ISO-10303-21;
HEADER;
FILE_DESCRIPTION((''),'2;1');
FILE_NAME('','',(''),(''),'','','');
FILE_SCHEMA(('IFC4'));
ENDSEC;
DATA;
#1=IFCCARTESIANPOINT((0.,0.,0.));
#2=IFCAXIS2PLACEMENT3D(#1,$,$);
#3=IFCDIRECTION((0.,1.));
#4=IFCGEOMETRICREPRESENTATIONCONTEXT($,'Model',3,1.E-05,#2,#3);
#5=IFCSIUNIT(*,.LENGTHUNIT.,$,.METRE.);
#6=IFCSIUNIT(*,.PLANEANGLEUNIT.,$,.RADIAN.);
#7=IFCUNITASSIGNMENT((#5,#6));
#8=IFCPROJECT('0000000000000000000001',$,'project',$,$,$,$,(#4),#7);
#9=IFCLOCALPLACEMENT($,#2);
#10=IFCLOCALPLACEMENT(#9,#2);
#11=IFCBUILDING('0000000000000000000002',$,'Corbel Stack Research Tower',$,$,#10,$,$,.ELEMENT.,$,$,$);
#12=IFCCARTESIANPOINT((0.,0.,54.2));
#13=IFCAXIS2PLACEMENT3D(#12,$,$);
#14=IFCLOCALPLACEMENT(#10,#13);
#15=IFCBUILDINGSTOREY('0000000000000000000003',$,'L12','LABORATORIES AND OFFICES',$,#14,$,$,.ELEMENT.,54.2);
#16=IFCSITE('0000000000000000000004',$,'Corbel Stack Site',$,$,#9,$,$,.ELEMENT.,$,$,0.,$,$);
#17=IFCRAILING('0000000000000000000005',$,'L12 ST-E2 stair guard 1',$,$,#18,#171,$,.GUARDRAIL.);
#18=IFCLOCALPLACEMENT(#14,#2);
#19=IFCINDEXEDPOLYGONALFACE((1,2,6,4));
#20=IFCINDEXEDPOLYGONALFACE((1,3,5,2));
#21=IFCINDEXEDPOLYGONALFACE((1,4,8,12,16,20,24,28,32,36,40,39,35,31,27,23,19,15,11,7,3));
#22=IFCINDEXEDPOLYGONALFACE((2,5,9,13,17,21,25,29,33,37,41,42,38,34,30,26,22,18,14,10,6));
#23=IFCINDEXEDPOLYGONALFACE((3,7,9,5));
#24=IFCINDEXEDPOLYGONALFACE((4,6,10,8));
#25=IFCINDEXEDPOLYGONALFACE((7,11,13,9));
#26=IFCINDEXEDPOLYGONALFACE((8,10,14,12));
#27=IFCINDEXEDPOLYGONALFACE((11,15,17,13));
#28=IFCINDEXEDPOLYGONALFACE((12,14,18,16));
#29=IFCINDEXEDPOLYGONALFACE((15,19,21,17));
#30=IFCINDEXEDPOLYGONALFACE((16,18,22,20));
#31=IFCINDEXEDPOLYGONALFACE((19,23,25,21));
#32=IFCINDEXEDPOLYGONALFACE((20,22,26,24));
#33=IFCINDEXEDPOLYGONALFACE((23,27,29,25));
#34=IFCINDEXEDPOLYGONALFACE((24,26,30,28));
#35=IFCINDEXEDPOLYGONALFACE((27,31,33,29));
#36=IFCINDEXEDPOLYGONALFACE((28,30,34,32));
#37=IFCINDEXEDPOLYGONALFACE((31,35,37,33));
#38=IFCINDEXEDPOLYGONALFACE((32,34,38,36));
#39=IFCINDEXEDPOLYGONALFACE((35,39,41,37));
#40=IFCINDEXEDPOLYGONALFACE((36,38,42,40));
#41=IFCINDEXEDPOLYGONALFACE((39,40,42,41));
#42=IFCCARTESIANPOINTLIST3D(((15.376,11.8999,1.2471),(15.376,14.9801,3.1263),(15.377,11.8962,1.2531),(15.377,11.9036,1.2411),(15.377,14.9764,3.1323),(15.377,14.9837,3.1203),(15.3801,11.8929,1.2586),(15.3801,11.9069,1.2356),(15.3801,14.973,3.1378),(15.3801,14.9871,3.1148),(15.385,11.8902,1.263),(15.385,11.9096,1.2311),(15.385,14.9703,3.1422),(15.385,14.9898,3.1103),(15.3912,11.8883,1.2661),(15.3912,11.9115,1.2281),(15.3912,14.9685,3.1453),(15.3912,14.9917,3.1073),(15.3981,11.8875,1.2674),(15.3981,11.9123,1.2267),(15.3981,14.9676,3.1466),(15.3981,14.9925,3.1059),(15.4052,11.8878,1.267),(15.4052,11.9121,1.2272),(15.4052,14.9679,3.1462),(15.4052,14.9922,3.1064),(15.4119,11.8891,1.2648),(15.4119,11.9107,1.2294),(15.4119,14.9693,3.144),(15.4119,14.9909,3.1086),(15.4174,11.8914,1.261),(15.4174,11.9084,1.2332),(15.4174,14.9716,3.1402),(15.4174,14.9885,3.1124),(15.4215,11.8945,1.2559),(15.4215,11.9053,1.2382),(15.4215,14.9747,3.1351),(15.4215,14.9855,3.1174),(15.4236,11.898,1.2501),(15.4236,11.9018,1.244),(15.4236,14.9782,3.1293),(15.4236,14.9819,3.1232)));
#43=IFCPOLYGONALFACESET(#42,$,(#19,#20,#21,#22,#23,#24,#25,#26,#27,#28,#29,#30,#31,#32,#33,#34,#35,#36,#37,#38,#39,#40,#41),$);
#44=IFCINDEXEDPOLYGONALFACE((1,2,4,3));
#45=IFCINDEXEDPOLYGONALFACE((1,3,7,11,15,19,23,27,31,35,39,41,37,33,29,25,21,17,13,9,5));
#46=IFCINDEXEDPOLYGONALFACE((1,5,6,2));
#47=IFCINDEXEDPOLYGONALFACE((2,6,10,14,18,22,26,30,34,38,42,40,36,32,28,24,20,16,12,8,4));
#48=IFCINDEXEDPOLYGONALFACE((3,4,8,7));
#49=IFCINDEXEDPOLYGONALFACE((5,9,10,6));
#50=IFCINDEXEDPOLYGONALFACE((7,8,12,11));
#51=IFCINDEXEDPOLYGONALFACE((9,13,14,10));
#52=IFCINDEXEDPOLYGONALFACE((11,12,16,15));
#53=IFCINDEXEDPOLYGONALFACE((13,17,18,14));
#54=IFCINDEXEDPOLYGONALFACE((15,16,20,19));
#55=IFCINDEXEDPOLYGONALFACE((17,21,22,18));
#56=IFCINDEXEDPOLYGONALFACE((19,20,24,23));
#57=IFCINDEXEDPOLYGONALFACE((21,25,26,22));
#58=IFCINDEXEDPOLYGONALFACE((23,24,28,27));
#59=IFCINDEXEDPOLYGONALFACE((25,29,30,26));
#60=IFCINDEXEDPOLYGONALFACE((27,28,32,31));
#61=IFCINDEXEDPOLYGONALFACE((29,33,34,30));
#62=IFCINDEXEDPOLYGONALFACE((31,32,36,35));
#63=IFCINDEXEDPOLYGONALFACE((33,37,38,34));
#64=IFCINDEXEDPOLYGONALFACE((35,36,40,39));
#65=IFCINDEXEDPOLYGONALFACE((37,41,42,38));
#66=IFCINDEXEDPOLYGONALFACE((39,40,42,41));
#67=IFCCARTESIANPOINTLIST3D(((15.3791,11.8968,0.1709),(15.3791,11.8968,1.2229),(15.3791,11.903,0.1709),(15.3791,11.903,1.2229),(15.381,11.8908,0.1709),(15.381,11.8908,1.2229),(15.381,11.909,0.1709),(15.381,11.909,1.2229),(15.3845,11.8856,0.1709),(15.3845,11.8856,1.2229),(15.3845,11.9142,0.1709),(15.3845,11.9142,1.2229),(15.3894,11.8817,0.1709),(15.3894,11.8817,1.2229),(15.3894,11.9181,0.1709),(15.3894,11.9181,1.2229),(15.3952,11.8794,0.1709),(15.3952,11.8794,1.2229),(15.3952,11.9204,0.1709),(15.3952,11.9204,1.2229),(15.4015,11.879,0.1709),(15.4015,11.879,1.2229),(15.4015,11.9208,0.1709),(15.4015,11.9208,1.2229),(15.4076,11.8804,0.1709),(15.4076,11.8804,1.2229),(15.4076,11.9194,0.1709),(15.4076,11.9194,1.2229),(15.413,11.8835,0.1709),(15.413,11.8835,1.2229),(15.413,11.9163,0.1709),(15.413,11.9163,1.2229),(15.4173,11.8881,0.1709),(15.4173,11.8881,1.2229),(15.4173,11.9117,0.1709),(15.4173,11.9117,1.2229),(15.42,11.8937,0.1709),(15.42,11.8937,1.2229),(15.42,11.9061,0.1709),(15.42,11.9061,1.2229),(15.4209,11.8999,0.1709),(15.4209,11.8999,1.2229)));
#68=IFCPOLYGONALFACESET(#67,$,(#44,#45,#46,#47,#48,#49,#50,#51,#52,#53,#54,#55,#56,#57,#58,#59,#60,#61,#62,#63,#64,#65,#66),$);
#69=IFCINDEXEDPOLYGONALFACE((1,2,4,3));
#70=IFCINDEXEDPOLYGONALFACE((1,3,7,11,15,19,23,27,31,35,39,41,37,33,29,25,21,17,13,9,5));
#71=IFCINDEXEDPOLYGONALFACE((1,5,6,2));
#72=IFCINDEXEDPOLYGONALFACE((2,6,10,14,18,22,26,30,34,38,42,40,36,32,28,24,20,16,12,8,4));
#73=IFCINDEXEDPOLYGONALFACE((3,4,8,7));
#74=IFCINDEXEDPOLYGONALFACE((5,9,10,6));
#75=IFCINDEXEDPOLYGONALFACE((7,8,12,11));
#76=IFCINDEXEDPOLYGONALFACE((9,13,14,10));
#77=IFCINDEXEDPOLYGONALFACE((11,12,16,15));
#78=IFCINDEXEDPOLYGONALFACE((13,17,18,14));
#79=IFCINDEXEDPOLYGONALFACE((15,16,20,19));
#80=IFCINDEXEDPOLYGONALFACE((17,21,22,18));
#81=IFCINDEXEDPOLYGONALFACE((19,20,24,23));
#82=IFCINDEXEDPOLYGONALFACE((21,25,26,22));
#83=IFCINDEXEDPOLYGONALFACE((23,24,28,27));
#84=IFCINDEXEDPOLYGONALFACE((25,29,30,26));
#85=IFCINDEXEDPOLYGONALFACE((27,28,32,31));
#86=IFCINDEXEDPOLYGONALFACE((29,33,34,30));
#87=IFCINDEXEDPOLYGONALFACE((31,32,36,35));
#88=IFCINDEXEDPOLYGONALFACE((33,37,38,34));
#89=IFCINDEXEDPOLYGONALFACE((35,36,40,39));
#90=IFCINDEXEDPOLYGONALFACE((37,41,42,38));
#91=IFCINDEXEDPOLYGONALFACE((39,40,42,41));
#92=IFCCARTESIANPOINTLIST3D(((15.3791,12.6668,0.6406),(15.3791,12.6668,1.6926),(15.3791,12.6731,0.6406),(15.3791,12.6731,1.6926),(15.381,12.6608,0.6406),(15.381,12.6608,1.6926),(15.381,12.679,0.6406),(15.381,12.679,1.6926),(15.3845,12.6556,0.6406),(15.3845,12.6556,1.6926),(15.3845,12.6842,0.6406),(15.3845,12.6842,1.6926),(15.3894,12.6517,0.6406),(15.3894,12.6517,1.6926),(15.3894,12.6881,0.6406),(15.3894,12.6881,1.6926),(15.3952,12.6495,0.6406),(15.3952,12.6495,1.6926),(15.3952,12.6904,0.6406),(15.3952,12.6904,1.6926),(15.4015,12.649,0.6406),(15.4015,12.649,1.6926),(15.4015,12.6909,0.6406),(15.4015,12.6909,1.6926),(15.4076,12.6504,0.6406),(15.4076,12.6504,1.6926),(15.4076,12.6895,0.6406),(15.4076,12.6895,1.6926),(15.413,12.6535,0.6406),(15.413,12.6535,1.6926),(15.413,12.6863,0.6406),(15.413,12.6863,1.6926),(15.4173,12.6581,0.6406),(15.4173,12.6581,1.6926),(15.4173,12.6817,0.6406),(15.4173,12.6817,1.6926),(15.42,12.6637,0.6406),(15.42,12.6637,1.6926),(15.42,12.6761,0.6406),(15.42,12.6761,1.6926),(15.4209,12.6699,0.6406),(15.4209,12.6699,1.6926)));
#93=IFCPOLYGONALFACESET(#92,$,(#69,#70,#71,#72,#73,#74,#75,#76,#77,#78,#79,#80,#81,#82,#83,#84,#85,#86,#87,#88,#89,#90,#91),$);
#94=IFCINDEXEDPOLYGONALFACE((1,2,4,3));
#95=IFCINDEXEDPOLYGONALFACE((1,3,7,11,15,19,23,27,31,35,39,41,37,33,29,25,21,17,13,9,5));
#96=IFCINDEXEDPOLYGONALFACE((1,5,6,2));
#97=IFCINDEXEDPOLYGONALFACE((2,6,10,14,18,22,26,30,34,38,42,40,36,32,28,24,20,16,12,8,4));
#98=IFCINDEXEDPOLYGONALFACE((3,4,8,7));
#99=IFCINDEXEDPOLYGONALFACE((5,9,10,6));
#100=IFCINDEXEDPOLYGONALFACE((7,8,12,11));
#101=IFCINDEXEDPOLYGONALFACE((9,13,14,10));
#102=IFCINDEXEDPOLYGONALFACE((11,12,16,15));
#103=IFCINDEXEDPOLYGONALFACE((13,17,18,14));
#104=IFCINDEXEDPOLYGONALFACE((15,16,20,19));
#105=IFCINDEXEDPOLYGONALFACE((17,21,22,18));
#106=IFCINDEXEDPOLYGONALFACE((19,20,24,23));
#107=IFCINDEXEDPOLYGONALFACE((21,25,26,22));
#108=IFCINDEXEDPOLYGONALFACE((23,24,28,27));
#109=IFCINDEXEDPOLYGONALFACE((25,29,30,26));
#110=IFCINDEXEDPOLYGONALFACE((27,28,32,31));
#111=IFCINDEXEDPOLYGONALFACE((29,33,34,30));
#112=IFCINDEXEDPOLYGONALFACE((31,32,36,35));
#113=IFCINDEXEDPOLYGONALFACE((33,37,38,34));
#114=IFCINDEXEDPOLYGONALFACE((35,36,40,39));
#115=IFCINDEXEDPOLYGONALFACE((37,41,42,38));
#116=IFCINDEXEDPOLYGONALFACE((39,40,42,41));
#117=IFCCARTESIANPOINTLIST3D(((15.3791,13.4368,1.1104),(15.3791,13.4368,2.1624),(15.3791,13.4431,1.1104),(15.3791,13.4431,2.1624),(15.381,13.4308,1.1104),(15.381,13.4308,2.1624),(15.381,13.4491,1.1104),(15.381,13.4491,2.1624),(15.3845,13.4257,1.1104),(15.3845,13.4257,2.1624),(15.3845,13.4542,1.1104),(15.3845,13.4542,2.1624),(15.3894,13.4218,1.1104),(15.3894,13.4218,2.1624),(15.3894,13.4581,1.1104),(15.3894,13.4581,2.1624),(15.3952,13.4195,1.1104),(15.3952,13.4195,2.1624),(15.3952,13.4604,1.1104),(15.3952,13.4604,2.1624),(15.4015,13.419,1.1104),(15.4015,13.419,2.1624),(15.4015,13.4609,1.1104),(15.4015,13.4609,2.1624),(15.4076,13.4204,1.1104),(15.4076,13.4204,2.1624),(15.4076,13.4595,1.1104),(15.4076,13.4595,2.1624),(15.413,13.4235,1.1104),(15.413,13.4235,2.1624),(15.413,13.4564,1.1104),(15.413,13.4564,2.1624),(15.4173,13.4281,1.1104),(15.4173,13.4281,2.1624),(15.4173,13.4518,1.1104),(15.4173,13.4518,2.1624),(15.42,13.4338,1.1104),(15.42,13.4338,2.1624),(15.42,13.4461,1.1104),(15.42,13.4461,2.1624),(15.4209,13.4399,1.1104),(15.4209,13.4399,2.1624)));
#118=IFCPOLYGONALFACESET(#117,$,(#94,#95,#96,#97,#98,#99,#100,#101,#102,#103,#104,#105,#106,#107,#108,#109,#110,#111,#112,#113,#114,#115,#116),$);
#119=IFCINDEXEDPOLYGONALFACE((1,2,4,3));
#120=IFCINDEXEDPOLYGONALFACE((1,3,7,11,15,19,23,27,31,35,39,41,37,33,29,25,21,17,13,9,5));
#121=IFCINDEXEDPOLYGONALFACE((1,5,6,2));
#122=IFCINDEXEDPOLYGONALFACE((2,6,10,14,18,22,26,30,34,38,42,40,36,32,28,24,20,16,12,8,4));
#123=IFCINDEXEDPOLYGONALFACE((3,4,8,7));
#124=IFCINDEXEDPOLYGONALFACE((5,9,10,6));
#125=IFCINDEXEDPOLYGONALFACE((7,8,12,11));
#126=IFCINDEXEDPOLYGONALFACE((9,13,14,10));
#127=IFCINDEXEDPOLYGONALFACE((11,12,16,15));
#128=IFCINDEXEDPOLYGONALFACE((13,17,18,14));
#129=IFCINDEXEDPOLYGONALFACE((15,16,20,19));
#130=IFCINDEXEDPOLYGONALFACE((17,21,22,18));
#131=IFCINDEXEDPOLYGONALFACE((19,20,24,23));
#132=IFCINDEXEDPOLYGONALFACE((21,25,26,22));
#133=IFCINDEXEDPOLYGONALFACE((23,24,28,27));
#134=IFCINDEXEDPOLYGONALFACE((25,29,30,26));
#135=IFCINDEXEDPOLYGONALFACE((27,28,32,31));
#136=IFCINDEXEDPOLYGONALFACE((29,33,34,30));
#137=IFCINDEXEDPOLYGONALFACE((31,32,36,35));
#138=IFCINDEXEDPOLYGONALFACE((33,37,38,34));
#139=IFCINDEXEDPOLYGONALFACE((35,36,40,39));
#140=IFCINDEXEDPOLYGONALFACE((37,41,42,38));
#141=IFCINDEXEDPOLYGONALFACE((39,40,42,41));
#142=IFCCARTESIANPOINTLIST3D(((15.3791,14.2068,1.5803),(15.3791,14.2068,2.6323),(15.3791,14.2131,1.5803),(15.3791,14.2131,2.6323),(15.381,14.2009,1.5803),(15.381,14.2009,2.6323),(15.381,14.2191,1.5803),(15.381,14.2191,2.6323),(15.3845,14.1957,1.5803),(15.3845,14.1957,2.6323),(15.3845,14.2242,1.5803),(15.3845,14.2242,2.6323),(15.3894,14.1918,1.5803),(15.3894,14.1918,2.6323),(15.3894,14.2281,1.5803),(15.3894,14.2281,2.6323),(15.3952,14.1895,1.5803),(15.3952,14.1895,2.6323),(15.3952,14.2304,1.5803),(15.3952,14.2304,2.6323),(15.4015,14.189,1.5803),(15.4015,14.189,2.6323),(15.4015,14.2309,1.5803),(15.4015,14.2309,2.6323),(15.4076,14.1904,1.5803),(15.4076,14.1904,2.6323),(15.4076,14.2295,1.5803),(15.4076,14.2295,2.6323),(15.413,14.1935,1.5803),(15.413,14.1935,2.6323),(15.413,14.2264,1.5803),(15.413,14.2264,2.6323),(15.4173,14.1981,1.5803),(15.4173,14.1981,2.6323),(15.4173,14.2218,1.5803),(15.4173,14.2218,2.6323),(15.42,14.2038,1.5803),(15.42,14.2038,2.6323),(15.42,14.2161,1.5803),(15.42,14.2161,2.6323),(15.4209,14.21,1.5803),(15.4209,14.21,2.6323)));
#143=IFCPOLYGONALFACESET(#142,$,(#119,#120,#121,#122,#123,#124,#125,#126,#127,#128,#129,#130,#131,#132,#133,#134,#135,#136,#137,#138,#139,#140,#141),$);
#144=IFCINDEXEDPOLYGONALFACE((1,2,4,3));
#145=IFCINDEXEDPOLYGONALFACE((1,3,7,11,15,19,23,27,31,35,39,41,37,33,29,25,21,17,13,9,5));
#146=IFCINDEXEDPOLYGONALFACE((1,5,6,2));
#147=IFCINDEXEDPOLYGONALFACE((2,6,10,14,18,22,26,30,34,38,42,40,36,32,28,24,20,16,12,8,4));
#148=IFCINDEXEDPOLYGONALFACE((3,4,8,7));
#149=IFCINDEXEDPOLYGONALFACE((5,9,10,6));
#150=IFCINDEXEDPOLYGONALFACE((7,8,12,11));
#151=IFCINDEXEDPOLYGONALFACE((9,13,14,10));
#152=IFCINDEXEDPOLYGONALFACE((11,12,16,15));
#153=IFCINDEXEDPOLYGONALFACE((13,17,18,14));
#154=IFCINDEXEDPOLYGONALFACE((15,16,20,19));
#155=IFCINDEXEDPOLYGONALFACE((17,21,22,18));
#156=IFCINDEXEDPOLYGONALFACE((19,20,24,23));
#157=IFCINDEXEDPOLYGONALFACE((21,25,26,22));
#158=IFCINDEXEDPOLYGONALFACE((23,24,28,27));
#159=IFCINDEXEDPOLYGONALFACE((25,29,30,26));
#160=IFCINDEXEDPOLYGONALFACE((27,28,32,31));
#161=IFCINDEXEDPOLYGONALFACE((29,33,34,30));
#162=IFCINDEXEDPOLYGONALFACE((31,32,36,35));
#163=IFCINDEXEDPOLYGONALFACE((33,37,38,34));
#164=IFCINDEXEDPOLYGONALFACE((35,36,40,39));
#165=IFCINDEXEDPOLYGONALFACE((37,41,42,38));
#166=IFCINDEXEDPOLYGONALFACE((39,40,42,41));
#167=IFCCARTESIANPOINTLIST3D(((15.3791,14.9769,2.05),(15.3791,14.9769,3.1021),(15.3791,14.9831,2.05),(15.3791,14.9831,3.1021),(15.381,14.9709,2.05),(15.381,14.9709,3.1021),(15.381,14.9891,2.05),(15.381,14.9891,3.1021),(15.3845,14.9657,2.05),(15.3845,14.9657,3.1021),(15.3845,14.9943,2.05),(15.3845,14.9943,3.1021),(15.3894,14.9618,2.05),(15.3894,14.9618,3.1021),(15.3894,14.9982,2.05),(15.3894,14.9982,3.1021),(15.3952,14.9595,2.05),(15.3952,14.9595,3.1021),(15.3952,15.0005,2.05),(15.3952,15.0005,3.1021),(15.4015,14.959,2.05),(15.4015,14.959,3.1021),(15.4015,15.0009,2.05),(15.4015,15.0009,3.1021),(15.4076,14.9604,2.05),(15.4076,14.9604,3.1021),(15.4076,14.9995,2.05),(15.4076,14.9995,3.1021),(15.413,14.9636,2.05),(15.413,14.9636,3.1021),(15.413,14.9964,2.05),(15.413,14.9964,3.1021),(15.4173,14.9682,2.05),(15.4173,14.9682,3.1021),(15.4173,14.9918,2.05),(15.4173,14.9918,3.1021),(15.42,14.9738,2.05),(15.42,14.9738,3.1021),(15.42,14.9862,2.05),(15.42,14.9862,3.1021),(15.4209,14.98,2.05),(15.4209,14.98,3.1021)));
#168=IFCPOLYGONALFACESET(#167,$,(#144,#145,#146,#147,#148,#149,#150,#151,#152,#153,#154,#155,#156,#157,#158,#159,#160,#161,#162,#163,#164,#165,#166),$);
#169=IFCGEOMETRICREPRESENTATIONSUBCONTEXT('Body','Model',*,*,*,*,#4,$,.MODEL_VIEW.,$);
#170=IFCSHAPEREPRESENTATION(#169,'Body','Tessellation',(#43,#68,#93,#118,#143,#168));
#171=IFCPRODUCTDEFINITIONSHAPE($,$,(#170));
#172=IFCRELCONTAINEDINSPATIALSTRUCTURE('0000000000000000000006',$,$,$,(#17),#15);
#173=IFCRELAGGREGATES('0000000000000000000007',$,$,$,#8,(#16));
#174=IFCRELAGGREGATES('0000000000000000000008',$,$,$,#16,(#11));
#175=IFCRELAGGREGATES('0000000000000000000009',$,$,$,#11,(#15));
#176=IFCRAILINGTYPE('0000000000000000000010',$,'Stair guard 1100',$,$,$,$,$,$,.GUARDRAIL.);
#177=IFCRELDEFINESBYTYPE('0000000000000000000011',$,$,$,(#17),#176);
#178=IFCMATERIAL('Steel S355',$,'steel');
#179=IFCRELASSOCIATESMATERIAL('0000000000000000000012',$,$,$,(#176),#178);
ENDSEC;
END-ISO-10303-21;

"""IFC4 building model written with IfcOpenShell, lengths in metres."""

from ifc_helpers import new_model, si_unit, direction, frame, origin, origin_2d, place, context, subcontext, project, spatial, circle, extrude, material, type_object, element, save


model = new_model("IFC4")

# Units and contexts
model_context = context("Model", 3, precision=1e-05, world=origin(), true_north=direction((0.0, 1.0)))
body_context = subcontext(model_context, "Body", "Model", "MODEL_VIEW")
ifc_project = project(units=[si_unit("LENGTHUNIT", "METRE"), si_unit("PLANEANGLEUNIT", "RADIAN")], contexts=[model_context])

# Site, building, storey
site_placement = place(None, origin())
site = spatial("IfcSite", under=ifc_project, at=site_placement, Name="Corbel Stack Site", CompositionType="ELEMENT", RefElevation=0.0)
building_placement = place(site_placement, origin())
building = spatial("IfcBuilding", under=site, at=building_placement, Name="Corbel Stack Research Tower", CompositionType="ELEMENT")
storey_placement = place(building_placement, frame((0.0, 0.0, 54.2)))
storey = spatial("IfcBuildingStorey", under=building, at=storey_placement, Name="L12", Description="LABORATORIES AND OFFICES", CompositionType="ELEMENT", Elevation=54.2)

# Railing
ifc_material_1 = material(Name="Steel S355", Category="steel")
railing_type_1 = type_object("IfcRailingType", Name="Stair guard 1100", PredefinedType="GUARDRAIL", material=ifc_material_1)
railing_1_placement = place(storey_placement, frame((15.3999, 11.8999, 0.1709)))
element("IfcRailing", 1, at=railing_1_placement, inside=storey, type_object=railing_type_1, Name="L12 ST-E2 stair guard 1", PredefinedType="GUARDRAIL", context=body_context, shape_type="SweptSolid", body=[
    extrude(circle(Radius=0.0239, at=origin_2d()), frame((0.0, 0.0, 1.0762), z_axis=(0.0, 0.853666, 0.52082), x_axis=(-1.0, 0.0, 0.0)), (0.0, 0.0, 1.0), 3.6082),
    extrude(circle(Radius=0.021, at=origin_2d()), origin(), (0.0, 0.0, 1.0), 1.052),
    extrude(circle(Radius=0.021, at=origin_2d()), frame((0.0, 0.77, 0.4697)), (0.0, 0.0, 1.0), 1.052),
    extrude(circle(Radius=0.021, at=origin_2d()), frame((0.0, 1.54, 0.9395)), (0.0, 0.0, 1.0), 1.052),
    extrude(circle(Radius=0.021, at=origin_2d()), frame((0.0, 2.3101, 1.4094)), (0.0, 0.0, 1.0), 1.052),
    extrude(circle(Radius=0.021, at=origin_2d()), frame((0.0, 3.0801, 1.8792)), (0.0, 0.0, 1.0), 1.052),
])

save(model, "model.ifc")
